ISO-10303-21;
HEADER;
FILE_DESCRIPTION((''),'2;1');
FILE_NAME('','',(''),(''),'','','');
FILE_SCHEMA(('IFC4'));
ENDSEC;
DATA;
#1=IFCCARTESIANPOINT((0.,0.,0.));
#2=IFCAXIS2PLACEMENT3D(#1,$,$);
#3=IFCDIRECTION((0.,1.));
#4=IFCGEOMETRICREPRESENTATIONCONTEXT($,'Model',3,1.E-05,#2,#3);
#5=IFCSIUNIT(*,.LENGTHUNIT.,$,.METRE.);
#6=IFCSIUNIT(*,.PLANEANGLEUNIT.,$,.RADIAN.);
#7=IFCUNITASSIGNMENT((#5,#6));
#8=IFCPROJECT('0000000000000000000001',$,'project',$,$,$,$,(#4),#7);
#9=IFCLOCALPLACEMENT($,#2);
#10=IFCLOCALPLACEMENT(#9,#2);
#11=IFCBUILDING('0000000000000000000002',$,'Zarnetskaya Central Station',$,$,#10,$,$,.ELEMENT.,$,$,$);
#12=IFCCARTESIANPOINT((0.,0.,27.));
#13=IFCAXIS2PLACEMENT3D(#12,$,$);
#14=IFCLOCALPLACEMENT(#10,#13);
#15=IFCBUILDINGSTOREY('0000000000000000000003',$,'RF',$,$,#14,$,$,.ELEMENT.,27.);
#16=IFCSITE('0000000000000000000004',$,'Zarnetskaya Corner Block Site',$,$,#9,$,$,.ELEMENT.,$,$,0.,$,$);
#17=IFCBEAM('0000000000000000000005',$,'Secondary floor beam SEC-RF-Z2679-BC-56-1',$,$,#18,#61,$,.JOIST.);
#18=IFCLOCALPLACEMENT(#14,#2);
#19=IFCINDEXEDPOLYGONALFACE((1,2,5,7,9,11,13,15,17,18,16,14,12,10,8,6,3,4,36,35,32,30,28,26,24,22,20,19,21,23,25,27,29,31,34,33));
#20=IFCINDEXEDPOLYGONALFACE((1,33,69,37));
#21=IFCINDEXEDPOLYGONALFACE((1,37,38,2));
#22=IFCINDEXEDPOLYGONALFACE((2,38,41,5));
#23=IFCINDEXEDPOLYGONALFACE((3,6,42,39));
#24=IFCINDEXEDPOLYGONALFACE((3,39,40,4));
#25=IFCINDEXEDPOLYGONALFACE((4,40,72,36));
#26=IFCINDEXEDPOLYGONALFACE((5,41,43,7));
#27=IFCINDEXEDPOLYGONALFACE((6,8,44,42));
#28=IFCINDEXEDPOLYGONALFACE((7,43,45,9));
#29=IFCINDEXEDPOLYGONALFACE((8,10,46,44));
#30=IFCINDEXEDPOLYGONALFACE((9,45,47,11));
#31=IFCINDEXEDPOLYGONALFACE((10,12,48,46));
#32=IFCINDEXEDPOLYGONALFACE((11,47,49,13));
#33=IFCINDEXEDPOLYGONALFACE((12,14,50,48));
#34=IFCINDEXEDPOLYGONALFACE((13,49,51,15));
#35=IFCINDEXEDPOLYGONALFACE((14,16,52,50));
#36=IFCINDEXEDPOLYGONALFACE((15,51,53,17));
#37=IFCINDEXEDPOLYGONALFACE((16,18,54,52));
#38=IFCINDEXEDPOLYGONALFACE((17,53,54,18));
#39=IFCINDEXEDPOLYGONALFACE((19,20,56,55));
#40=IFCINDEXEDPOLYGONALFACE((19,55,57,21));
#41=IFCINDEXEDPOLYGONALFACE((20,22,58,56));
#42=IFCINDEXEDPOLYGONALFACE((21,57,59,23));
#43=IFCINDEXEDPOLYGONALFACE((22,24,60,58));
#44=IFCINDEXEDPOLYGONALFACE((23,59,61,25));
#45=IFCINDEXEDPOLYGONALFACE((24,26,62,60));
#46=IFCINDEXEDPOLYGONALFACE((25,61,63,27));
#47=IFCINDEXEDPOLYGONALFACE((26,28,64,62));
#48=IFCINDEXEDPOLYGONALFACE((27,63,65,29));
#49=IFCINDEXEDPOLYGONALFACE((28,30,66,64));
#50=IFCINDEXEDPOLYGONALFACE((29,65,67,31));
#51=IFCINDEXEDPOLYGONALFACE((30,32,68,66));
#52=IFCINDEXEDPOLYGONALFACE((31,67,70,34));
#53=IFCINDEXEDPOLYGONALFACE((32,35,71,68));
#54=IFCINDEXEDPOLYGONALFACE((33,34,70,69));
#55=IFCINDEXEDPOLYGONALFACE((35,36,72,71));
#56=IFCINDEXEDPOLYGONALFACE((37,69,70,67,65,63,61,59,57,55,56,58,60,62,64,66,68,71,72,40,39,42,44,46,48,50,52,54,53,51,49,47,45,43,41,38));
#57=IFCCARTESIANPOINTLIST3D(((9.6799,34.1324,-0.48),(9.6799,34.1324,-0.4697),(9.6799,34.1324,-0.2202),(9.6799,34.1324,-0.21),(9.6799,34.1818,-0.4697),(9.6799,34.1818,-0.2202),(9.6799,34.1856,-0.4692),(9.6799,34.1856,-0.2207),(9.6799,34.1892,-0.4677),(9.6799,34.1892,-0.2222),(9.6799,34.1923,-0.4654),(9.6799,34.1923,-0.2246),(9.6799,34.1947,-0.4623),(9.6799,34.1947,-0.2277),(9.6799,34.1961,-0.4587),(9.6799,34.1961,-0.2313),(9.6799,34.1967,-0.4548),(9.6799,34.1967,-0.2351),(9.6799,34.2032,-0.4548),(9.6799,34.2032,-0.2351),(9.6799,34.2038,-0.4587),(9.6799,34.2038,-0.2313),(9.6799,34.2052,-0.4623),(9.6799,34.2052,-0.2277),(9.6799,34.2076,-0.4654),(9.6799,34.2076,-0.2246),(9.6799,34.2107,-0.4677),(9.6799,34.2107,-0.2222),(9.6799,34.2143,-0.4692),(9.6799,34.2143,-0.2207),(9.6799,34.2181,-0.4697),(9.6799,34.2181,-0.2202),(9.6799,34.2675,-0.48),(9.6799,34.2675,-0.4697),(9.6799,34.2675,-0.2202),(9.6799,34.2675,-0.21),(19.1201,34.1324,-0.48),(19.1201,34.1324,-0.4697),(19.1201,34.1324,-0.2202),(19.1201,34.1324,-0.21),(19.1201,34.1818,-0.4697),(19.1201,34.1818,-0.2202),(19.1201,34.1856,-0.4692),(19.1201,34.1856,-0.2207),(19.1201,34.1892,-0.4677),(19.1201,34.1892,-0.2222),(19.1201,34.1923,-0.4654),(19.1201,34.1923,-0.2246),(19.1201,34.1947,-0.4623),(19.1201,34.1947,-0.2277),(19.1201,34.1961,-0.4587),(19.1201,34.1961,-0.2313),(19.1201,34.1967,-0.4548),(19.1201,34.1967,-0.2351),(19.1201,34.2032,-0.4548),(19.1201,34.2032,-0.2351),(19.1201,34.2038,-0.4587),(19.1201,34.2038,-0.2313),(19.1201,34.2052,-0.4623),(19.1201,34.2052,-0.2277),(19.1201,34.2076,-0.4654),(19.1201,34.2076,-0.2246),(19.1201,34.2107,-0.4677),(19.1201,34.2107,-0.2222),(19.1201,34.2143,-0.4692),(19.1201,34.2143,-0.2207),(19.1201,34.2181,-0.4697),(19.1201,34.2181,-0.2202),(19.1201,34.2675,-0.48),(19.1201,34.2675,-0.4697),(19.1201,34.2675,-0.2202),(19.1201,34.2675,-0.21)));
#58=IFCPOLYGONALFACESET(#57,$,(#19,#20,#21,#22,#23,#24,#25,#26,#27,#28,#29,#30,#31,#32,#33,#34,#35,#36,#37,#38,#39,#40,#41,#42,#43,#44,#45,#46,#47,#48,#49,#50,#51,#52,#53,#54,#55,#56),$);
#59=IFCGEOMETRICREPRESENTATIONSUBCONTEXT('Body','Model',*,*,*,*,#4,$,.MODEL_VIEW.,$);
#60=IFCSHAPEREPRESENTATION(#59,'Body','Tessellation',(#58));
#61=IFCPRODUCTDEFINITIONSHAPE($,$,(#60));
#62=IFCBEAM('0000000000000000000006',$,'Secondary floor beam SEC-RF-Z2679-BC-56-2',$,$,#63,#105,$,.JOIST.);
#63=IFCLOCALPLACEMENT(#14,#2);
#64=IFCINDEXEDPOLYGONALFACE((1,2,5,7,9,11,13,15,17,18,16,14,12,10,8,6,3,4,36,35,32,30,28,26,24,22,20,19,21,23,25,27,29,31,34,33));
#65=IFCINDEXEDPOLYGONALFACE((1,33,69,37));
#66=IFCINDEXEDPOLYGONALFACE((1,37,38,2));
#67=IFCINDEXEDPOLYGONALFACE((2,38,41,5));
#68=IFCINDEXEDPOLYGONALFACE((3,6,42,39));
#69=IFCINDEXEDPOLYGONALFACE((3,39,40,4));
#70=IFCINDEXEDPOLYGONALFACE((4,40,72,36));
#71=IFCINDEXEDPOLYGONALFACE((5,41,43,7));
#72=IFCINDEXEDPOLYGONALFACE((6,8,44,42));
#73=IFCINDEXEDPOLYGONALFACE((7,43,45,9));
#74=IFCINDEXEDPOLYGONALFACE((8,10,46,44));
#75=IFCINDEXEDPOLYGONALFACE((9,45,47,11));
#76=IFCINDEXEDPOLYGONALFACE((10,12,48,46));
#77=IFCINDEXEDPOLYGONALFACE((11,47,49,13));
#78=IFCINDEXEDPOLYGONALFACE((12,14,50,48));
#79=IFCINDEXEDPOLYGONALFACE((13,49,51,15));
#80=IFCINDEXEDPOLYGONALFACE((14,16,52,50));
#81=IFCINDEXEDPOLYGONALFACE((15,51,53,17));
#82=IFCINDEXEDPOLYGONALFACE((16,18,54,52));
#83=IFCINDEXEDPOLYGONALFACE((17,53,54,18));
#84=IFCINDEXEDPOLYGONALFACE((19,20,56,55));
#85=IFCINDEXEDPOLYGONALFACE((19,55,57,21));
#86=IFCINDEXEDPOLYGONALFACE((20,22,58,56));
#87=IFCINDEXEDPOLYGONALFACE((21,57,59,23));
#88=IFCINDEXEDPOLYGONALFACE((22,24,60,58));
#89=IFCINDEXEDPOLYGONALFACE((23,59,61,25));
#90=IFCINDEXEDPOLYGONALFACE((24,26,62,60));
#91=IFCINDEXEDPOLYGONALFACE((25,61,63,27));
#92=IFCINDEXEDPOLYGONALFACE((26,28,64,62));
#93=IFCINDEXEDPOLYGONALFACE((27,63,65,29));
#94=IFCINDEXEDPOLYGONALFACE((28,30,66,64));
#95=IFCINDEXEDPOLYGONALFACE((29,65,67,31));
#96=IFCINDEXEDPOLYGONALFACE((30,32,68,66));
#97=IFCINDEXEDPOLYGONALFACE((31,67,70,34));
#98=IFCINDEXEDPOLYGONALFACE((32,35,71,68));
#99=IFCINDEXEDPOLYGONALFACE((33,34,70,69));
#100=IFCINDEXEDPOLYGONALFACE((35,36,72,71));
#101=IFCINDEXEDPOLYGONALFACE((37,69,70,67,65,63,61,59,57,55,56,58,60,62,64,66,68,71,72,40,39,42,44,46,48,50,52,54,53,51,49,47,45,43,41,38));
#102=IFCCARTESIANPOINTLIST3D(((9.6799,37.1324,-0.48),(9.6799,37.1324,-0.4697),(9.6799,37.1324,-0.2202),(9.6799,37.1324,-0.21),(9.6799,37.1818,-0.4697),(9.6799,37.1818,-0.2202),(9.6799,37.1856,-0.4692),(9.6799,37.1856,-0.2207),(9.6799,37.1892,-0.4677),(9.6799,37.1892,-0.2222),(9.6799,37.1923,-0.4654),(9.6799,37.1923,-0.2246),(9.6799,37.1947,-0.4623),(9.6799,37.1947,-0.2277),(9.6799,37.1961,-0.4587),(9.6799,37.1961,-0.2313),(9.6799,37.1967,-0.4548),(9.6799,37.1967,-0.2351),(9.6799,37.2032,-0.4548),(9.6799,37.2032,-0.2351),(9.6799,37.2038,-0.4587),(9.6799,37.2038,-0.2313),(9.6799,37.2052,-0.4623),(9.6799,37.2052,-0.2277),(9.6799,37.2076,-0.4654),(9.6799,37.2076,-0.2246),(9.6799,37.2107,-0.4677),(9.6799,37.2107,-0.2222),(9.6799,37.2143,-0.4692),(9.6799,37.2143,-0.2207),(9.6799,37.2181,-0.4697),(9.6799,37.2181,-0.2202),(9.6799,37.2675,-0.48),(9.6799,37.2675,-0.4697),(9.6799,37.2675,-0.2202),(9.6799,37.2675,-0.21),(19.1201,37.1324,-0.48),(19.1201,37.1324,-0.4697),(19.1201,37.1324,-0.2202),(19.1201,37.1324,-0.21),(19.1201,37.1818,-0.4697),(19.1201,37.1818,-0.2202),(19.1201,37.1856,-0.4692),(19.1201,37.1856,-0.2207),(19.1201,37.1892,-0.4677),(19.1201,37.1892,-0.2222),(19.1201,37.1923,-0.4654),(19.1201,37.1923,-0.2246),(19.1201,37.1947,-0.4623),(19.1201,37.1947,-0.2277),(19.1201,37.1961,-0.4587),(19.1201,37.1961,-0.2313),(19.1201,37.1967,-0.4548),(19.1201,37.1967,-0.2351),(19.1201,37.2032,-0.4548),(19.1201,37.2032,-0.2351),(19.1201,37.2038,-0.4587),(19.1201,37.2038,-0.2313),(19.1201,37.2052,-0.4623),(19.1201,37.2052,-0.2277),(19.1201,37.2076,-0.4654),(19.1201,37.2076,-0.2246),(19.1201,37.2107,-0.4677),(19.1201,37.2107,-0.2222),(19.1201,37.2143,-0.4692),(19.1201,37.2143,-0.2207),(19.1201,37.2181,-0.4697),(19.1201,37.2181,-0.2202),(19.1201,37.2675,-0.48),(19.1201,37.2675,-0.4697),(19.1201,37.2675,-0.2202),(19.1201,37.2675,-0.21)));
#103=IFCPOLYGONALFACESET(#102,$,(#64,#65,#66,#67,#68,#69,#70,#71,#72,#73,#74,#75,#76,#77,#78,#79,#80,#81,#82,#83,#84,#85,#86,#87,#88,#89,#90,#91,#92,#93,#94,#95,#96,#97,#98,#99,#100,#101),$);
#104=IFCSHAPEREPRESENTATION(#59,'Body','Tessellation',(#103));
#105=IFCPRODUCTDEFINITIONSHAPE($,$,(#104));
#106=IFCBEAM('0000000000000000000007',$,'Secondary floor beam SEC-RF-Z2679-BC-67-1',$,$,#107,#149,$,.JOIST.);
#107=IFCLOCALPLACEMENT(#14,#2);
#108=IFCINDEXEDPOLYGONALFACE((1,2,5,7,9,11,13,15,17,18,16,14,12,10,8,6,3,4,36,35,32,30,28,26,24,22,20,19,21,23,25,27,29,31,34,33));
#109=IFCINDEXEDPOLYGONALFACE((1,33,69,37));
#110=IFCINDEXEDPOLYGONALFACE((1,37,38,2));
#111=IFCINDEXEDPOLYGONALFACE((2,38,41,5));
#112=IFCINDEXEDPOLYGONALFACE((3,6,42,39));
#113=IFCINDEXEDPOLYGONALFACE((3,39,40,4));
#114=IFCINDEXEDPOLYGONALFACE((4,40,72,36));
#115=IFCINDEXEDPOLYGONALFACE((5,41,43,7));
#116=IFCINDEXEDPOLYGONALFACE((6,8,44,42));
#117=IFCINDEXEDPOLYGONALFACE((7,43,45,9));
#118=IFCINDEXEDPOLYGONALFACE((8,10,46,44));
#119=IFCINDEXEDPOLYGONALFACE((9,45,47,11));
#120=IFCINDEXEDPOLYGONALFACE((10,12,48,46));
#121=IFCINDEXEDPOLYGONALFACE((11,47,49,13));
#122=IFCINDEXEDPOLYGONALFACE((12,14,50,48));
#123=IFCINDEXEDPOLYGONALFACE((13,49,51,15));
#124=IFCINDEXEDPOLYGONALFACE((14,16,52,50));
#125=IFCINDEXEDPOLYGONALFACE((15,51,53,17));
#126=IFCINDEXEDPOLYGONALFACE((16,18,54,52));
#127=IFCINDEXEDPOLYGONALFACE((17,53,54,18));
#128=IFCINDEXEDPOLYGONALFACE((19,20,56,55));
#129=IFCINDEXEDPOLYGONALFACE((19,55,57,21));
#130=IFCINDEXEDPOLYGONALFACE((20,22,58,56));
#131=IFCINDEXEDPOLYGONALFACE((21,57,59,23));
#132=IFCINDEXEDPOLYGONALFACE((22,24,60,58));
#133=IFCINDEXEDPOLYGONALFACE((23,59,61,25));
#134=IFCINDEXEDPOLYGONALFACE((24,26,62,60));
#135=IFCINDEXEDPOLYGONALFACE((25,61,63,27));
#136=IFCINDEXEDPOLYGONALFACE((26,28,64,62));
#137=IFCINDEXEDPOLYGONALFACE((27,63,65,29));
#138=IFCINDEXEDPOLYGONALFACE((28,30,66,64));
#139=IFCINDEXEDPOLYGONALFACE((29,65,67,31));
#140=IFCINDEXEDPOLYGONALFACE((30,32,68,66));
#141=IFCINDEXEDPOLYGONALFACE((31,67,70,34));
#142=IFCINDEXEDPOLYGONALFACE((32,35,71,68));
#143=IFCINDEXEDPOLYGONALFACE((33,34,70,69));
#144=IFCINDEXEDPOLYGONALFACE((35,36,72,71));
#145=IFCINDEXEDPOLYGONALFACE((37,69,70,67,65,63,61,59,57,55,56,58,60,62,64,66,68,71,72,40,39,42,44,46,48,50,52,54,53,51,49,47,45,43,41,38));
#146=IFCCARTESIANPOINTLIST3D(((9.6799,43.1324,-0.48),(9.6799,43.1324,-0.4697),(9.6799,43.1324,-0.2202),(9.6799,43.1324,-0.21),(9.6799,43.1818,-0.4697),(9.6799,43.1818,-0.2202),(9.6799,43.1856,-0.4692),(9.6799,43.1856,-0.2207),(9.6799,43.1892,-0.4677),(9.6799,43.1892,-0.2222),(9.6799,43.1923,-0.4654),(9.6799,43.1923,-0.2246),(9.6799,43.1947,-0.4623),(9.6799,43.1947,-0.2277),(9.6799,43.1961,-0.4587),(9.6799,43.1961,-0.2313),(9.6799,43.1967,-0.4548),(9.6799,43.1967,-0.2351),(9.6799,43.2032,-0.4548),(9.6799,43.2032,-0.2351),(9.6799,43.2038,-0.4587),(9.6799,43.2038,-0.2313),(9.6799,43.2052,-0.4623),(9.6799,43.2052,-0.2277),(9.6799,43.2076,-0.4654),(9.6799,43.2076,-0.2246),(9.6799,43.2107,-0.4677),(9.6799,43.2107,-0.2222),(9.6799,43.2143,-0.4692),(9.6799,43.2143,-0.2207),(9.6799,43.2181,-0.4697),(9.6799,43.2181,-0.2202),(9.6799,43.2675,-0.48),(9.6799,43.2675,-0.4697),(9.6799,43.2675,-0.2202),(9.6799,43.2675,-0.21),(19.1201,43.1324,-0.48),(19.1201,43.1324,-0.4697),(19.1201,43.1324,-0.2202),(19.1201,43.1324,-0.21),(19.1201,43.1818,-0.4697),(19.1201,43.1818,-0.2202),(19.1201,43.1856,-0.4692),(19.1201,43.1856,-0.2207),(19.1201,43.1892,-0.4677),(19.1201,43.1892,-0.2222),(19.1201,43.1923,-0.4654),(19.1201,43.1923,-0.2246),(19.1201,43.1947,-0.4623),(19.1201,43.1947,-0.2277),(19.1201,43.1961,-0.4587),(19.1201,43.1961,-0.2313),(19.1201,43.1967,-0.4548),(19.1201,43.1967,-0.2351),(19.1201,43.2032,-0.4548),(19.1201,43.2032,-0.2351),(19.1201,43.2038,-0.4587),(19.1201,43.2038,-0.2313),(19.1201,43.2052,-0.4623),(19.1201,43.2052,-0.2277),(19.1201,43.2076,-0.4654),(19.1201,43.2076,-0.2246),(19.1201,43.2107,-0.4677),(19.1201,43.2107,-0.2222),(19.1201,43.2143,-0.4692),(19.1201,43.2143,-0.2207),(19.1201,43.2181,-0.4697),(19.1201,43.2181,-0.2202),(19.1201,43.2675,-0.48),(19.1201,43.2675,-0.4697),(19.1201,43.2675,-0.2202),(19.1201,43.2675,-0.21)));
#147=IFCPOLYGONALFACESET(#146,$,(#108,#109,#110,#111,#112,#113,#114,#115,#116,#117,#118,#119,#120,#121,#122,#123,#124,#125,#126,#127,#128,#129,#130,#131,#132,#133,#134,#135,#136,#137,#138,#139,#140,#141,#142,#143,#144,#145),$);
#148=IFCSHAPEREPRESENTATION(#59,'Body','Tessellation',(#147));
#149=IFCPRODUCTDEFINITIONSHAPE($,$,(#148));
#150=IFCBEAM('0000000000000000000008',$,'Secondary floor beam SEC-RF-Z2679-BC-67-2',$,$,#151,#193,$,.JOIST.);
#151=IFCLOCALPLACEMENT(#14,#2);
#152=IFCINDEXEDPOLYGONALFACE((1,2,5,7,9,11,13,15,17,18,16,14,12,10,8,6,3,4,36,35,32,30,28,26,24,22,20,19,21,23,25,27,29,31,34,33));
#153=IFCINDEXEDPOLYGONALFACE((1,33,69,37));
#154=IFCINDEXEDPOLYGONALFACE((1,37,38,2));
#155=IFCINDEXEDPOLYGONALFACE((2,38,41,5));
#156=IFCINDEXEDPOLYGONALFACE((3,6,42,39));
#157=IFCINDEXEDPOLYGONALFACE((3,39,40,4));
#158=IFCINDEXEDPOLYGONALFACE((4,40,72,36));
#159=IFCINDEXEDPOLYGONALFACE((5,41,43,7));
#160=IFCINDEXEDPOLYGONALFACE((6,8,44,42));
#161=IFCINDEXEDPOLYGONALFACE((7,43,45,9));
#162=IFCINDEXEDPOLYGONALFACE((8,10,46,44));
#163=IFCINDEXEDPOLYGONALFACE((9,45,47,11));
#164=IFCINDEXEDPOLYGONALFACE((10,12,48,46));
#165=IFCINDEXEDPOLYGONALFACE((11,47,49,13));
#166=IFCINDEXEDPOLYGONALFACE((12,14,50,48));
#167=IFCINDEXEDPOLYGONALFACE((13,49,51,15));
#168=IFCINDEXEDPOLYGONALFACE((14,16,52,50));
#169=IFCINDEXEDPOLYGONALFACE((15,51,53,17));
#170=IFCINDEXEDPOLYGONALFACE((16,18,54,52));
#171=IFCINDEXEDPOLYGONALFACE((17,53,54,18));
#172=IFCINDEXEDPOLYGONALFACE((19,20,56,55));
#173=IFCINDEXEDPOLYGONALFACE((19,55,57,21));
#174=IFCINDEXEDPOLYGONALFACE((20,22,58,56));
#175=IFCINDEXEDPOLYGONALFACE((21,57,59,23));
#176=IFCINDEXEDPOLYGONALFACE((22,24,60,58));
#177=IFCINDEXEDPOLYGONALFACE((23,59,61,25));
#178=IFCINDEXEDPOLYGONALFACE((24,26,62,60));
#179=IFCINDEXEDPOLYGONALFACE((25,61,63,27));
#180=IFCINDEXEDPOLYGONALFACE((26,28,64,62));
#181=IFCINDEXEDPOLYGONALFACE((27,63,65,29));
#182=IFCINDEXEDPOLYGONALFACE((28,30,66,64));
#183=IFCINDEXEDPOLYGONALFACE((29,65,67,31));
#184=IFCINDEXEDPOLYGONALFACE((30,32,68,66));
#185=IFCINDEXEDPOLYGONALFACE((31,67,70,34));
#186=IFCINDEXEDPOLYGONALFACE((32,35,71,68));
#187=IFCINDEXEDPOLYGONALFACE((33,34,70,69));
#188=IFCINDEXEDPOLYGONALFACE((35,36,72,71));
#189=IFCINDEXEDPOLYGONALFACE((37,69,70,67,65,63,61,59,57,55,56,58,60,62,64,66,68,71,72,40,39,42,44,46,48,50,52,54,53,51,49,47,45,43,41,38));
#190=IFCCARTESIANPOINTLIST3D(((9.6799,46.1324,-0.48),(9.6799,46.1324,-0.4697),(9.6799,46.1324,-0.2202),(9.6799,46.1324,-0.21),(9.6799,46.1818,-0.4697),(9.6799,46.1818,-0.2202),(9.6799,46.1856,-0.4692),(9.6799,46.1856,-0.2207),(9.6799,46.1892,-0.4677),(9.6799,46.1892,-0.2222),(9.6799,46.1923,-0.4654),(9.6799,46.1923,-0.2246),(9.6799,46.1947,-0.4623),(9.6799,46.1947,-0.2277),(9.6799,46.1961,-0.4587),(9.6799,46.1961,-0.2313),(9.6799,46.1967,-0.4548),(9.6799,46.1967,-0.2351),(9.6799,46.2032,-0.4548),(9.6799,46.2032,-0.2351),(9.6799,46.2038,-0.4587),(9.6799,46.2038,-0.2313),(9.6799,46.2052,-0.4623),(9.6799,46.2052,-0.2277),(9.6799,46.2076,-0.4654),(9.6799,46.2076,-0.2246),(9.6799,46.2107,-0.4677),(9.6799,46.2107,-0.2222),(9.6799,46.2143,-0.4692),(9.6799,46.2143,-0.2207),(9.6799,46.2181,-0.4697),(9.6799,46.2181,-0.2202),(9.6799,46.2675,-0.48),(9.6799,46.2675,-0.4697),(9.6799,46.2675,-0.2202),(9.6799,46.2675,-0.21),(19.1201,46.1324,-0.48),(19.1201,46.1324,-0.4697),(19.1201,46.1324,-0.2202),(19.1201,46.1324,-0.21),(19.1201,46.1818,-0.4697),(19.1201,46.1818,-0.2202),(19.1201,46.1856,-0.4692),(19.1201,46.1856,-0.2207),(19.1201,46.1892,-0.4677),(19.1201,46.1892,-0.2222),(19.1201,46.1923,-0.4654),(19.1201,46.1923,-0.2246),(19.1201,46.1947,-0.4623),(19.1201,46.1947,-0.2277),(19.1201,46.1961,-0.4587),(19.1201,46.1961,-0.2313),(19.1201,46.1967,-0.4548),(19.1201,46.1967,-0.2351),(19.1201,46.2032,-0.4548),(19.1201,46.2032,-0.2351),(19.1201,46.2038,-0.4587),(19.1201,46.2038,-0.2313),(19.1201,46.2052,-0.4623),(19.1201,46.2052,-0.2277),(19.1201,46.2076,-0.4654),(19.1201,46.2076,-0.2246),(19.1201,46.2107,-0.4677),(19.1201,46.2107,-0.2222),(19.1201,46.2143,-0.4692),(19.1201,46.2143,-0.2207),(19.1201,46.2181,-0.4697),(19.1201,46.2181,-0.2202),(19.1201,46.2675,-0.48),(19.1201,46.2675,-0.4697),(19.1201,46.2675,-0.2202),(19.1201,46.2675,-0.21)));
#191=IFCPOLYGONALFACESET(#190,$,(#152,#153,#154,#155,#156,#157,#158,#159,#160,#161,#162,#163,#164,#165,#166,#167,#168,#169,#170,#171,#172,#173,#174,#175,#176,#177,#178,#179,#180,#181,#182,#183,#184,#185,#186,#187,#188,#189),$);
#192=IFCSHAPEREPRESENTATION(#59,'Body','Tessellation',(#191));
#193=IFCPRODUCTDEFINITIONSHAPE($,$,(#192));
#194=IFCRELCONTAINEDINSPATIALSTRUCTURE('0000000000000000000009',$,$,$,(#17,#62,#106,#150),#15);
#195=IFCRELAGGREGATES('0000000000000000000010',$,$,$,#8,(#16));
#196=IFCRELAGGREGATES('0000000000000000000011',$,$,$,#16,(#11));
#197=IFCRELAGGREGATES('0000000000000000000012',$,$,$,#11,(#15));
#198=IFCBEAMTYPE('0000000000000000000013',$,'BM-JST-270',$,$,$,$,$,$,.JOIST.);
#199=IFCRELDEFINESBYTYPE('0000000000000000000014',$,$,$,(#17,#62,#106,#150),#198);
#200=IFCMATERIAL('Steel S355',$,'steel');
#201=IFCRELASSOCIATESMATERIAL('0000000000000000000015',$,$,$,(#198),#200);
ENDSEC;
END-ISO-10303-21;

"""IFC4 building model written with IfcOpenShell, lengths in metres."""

from ifc_helpers import new_model, si_unit, direction, frame, origin, origin_2d, place, context, subcontext, project, spatial, i_section, extrude, material, material_profile, profile_set, type_object, element, save


model = new_model("IFC4")

# Units and contexts
model_context = context("Model", 3, precision=1e-05, world=origin(), true_north=direction((0.0, 1.0)))
body_context = subcontext(model_context, "Body", "Model", "MODEL_VIEW")
ifc_project = project(units=[si_unit("LENGTHUNIT", "METRE"), si_unit("PLANEANGLEUNIT", "RADIAN")], contexts=[model_context])

# Site, building, storey
site_placement = place(None, origin())
site = spatial("IfcSite", under=ifc_project, at=site_placement, Name="Zarnetskaya Corner Block Site", CompositionType="ELEMENT", RefElevation=0.0)
building_placement = place(site_placement, origin())
building = spatial("IfcBuilding", under=site, at=building_placement, Name="Zarnetskaya Central Station", CompositionType="ELEMENT")
storey_placement = place(building_placement, frame((0.0, 0.0, 27.0)))
storey = spatial("IfcBuildingStorey", under=building, at=storey_placement, Name="RF", CompositionType="ELEMENT", Elevation=27.0)

# Beams
ifc_material_1 = material(Name="Steel S355", Category="steel")
ifc_material_profile_1 = material_profile(ifc_material_1, i_section(OverallWidth=0.135, OverallDepth=0.27, WebThickness=0.0066, FlangeThickness=0.0103, FilletRadius=0.0149, at=origin_2d()), Name="IPE 270")
ifc_profile_set_1 = profile_set([ifc_material_profile_1], Name="Steel S355")
beam_type_1 = type_object("IfcBeamType", Name="BM-JST-270", PredefinedType="JOIST", material=ifc_profile_set_1)
for number, where, z_axis, x_axis, name in (
    (1, (9.6799, 34.2, -0.345), (1.0, 0.0, 0.0), (0.0, 1.0, 0.0), "Secondary floor beam SEC-RF-Z2679-BC-56-1"),
    (2, (9.6799, 37.2, -0.345), (1.0, 0.0, 0.0), (0.0, 1.0, 0.0), "Secondary floor beam SEC-RF-Z2679-BC-56-2"),
    (3, (9.6799, 43.2, -0.345), (1.0, 0.0, 0.0), (0.0, 1.0, 0.0), "Secondary floor beam SEC-RF-Z2679-BC-67-1"),
    (4, (9.6799, 46.2, -0.345), (1.0, 0.0, 0.0), (0.0, 1.0, 0.0), "Secondary floor beam SEC-RF-Z2679-BC-67-2"),
):
    element("IfcBeam", number, at=place(storey_placement, frame(where, z_axis=z_axis, x_axis=x_axis)), inside=storey, type_object=beam_type_1, Name=name, PredefinedType="JOIST", context=body_context, shape_type="SweptSolid", body=[
        extrude(i_section(OverallWidth=0.135, OverallDepth=0.27, WebThickness=0.0066, FlangeThickness=0.0103, FilletRadius=0.0149, at=origin_2d()), origin(), (0.0, 0.0, 1.0), 9.4402),
    ])

save(model, "model.ifc")
